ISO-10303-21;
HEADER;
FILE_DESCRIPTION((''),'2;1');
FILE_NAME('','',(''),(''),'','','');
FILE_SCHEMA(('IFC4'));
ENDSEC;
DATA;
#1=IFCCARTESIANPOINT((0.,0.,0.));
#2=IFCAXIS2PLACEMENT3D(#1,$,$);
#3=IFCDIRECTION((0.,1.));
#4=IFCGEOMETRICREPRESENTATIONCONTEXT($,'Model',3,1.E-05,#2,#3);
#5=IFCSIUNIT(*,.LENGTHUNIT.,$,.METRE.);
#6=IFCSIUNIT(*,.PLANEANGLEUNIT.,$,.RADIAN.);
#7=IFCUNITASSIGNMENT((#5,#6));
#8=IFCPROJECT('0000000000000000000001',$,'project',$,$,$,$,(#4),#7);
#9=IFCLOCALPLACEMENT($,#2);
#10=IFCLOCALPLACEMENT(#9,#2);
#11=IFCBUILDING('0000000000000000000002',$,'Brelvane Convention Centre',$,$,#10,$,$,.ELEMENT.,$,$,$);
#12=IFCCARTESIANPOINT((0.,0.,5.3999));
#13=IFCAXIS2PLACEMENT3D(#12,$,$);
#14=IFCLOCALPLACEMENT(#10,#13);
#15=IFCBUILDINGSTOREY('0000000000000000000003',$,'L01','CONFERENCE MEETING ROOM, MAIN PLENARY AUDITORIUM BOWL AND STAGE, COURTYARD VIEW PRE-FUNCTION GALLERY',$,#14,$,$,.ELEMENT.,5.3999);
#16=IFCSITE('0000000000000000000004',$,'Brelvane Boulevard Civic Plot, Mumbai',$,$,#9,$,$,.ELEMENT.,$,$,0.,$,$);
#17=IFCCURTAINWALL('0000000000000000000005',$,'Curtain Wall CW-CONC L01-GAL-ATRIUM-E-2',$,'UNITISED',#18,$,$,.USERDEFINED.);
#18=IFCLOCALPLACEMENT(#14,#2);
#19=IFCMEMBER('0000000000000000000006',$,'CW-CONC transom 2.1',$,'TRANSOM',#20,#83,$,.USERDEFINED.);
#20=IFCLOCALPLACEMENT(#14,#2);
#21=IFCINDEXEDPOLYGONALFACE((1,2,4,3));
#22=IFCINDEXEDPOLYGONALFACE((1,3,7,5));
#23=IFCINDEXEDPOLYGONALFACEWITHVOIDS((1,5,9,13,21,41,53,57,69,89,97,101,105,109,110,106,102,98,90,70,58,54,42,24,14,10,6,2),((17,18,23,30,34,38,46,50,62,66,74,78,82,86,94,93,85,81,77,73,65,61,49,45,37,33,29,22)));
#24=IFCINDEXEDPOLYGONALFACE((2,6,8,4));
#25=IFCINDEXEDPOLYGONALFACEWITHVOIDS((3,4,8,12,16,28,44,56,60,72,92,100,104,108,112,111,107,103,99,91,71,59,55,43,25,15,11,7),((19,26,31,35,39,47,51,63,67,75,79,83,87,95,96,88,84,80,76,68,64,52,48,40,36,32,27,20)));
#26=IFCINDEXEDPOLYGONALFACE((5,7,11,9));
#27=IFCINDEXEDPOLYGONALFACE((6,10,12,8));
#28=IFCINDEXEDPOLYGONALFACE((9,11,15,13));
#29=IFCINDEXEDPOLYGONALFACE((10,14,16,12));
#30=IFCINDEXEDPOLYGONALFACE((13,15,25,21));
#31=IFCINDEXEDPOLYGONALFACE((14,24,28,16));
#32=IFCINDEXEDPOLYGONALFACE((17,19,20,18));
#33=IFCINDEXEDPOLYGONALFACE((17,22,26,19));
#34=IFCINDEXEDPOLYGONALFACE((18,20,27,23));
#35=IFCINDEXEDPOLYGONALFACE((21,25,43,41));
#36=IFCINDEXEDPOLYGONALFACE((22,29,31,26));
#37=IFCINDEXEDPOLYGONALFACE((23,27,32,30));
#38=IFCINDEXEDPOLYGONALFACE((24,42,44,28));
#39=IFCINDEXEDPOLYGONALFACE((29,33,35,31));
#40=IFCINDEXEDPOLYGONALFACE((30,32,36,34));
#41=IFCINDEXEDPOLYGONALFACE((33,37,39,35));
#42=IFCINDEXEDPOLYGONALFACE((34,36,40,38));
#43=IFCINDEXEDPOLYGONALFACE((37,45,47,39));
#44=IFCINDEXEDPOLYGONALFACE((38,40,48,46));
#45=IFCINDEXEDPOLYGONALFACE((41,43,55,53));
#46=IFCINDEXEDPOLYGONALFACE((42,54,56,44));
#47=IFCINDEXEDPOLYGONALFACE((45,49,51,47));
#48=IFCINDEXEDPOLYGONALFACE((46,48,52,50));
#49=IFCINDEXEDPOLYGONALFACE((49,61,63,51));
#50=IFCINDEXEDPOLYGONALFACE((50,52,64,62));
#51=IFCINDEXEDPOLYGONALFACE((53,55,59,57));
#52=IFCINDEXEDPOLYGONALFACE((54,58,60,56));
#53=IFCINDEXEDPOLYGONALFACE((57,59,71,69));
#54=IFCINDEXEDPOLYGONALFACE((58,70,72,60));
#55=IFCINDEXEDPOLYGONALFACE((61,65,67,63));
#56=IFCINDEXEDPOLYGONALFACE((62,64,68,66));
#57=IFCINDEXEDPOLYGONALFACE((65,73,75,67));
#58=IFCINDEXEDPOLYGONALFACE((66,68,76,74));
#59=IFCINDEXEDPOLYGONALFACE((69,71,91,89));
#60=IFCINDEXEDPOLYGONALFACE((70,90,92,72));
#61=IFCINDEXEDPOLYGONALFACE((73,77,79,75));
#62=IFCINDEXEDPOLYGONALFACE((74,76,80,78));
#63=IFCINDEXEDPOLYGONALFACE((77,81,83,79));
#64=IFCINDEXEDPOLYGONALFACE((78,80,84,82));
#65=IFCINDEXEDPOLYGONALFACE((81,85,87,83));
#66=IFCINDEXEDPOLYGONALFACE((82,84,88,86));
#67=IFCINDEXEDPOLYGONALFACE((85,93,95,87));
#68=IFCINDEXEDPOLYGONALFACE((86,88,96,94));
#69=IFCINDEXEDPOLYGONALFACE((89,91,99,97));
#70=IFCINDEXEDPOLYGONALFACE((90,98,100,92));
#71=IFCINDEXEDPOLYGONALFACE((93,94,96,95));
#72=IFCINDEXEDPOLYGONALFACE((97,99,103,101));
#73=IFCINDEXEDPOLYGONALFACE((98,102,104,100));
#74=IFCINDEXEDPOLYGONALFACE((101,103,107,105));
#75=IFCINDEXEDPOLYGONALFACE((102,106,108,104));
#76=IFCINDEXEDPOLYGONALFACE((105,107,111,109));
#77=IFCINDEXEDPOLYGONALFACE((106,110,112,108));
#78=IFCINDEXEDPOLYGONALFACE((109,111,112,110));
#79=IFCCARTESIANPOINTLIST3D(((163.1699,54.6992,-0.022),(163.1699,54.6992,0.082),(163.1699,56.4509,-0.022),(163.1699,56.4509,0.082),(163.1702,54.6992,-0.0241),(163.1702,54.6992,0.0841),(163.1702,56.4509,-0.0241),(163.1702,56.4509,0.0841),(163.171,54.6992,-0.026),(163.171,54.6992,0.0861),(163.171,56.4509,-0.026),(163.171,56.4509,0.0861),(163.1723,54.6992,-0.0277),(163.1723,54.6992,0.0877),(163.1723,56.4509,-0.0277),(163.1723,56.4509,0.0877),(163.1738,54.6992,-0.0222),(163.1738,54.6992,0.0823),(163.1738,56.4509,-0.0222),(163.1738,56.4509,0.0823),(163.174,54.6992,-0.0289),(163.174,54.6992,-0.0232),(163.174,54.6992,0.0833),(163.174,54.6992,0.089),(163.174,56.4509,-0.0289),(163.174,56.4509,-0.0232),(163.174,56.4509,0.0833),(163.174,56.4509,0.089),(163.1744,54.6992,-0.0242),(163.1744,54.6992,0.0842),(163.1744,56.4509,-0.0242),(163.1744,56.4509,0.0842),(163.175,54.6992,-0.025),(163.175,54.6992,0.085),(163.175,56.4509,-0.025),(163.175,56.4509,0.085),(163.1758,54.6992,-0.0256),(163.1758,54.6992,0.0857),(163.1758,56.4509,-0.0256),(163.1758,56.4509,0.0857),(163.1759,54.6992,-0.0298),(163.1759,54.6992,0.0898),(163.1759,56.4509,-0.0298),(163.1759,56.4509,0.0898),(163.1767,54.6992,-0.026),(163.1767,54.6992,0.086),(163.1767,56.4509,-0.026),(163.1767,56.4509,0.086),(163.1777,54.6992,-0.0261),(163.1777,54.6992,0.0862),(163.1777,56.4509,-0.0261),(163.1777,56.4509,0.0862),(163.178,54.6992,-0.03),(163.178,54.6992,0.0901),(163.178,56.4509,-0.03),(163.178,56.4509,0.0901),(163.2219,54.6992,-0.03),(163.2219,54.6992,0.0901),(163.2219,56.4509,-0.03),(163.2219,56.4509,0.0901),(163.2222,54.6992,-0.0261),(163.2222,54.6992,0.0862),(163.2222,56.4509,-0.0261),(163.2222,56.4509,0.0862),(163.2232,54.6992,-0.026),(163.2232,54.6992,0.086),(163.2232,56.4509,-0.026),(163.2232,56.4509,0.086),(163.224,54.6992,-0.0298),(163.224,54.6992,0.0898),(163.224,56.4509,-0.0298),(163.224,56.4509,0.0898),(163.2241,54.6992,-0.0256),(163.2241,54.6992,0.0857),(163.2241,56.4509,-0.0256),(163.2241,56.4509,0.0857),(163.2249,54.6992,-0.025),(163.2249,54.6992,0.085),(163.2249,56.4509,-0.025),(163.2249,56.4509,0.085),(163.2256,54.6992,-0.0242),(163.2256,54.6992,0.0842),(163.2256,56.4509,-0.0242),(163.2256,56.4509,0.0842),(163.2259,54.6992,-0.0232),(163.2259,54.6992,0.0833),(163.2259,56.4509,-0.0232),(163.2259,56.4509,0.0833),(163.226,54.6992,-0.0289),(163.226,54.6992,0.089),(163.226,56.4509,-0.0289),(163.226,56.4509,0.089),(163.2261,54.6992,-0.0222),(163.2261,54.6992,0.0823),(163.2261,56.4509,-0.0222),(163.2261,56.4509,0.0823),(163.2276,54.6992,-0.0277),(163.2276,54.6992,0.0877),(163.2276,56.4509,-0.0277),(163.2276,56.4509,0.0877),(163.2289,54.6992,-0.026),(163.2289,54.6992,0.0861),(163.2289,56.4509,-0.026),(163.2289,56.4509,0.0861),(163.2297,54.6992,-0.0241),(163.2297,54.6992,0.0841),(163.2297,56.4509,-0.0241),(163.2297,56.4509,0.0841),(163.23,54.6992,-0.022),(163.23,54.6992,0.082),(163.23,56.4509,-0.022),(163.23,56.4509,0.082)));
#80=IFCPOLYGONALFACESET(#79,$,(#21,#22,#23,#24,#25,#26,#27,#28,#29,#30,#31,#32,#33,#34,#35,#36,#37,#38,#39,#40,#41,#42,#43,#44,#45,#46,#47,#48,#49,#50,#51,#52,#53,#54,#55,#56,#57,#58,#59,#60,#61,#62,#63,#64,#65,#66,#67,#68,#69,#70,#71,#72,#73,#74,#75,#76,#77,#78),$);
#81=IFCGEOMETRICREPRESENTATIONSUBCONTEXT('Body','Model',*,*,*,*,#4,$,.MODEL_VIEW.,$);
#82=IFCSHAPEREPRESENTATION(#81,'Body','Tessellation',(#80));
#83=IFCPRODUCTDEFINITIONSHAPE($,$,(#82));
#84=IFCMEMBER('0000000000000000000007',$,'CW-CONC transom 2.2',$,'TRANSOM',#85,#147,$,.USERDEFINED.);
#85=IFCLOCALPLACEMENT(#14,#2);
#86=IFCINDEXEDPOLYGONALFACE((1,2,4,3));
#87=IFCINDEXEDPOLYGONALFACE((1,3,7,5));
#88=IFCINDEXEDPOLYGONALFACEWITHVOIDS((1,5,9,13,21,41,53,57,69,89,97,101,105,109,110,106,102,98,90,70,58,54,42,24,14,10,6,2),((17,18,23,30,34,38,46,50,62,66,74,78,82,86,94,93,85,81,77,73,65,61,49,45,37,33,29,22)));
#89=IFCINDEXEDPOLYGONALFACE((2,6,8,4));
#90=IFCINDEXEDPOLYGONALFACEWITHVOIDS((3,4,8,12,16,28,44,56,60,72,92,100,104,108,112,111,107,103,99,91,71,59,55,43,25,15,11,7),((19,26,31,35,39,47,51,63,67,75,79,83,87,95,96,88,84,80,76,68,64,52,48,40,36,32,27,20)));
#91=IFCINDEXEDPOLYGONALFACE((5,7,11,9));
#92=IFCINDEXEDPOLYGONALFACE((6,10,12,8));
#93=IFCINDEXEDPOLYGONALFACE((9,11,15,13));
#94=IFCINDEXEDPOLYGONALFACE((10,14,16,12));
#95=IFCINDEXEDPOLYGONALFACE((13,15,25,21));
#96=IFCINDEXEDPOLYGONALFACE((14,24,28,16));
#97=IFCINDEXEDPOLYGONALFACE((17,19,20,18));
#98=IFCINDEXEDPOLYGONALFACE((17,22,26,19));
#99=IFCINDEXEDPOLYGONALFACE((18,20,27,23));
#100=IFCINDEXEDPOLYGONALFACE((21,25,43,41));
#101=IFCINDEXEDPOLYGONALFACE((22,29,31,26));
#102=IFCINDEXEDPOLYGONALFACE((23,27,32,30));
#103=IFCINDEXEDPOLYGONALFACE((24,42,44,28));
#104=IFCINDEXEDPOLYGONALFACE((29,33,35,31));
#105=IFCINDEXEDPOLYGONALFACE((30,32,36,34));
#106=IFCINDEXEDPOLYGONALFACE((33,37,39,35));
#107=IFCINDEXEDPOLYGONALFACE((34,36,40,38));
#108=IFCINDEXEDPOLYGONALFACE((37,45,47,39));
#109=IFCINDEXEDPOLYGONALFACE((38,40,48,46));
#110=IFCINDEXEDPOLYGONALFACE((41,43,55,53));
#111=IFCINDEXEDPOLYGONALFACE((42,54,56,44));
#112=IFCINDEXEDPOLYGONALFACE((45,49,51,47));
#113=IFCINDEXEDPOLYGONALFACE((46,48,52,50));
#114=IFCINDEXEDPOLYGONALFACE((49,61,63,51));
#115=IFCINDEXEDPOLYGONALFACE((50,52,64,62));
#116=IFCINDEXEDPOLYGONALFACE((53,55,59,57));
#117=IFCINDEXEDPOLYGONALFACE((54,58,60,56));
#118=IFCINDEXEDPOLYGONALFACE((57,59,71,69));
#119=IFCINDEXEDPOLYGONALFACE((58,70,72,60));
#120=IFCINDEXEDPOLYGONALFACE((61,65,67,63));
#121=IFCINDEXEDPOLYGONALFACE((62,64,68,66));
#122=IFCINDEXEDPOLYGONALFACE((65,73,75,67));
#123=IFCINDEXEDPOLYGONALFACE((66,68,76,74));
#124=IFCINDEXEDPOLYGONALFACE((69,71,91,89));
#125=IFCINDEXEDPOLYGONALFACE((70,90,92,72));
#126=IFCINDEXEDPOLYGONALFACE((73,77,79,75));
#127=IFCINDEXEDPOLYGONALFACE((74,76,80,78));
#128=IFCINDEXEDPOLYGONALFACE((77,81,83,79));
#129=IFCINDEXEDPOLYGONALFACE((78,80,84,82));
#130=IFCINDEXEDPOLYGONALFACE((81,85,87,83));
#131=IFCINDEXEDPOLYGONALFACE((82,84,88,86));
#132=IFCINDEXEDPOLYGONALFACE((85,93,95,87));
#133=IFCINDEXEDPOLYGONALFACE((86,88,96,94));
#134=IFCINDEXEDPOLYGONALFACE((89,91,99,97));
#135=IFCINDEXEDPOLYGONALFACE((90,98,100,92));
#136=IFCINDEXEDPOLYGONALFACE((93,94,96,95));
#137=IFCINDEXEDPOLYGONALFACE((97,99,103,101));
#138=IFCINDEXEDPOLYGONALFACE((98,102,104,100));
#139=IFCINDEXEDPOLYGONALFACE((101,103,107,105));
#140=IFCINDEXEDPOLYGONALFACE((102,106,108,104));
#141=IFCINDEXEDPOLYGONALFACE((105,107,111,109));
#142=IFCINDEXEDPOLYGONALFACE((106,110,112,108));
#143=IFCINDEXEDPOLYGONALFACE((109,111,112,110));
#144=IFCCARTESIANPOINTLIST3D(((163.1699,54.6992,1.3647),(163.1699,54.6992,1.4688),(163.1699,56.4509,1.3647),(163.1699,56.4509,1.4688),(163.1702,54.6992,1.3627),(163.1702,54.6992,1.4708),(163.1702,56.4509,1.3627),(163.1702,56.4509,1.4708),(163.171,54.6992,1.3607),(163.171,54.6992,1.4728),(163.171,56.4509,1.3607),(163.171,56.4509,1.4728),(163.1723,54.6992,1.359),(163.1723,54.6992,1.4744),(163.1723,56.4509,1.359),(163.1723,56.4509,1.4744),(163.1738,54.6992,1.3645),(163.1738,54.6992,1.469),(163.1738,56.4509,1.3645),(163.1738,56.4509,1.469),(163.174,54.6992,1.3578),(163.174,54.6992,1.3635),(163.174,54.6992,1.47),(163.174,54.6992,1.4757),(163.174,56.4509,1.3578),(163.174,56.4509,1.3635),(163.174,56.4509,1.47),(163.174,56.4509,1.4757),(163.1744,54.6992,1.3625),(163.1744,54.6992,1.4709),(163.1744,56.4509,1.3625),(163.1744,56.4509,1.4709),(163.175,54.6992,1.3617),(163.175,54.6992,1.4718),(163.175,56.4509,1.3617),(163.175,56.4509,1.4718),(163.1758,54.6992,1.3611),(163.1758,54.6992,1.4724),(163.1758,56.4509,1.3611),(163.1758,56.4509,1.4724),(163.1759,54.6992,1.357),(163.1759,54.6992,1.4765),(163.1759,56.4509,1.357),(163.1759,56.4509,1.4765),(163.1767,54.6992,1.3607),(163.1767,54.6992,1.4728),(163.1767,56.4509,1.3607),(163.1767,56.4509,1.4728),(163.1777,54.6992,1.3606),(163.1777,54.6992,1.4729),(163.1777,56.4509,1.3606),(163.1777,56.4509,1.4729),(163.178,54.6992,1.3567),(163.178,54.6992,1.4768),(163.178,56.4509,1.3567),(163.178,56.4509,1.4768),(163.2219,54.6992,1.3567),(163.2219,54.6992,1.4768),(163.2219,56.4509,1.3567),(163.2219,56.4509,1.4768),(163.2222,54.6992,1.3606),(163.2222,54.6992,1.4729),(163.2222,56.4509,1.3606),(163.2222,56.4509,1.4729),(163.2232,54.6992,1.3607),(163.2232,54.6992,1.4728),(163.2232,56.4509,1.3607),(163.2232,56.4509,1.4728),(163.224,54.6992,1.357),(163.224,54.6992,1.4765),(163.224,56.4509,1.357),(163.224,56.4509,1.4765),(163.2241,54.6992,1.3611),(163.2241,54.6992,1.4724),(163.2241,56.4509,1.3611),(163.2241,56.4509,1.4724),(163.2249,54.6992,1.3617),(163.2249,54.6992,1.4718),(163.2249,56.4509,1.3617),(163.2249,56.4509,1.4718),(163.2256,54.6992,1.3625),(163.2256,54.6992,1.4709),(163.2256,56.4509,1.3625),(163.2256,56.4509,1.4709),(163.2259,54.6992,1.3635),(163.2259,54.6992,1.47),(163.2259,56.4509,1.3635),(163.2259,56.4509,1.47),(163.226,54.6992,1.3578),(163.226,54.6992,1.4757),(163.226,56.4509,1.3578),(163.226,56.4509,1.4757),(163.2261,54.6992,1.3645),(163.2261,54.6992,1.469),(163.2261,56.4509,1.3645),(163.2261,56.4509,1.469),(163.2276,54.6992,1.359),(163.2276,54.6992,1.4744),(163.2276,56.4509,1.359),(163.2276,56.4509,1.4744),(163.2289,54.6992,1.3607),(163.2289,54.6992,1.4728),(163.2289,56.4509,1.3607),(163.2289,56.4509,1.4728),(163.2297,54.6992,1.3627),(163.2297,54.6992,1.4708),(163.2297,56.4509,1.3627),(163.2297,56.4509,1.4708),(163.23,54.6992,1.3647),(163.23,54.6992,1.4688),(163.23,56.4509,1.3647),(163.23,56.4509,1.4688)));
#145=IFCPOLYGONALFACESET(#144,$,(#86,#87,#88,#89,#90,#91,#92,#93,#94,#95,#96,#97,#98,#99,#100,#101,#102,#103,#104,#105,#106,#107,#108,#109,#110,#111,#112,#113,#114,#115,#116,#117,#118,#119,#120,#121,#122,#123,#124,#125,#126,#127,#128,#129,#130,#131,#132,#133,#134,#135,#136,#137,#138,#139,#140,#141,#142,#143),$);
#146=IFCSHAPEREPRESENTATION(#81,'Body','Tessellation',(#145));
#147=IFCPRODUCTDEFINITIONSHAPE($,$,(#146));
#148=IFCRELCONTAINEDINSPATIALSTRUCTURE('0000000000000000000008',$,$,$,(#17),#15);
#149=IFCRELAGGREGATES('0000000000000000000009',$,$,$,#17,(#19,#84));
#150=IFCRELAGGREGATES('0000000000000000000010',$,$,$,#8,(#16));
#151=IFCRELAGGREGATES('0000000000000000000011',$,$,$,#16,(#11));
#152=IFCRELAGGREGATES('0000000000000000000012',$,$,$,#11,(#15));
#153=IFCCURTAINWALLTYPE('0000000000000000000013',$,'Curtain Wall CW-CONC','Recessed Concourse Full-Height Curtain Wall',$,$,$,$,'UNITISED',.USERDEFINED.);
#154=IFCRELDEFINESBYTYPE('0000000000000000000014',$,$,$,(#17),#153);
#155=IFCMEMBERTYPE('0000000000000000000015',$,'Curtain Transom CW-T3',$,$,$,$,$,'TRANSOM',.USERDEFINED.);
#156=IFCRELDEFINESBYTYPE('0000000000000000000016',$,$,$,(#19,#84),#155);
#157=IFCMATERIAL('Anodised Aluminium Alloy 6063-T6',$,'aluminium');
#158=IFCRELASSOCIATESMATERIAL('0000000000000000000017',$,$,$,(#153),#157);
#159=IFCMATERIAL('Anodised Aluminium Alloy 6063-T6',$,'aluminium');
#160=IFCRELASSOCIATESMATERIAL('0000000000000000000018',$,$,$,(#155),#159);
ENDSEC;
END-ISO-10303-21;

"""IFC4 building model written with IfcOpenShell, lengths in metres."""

from ifc_helpers import new_model, si_unit, direction, frame, origin, origin_2d, place, context, subcontext, project, spatial, hollow_rectangle, extrude, material, material_profile, profile_set, type_object, element, aggregate, save


model = new_model("IFC4")

# Units and contexts
model_context = context("Model", 3, precision=1e-05, world=origin(), true_north=direction((0.0, 1.0)))
body_context = subcontext(model_context, "Body", "Model", "MODEL_VIEW")
ifc_project = project(units=[si_unit("LENGTHUNIT", "METRE"), si_unit("PLANEANGLEUNIT", "RADIAN")], contexts=[model_context])

# Site, building, storey
site_placement = place(None, origin())
site = spatial("IfcSite", under=ifc_project, at=site_placement, Name="Brelvane Boulevard Civic Plot, Mumbai", CompositionType="ELEMENT", RefElevation=0.0)
building_placement = place(site_placement, origin())
building = spatial("IfcBuilding", under=site, at=building_placement, Name="Brelvane Convention Centre", CompositionType="ELEMENT")
storey_placement = place(building_placement, frame((0.0, 0.0, 5.3999)))
storey = spatial("IfcBuildingStorey", under=building, at=storey_placement, Name="L01", Description="CONFERENCE MEETING ROOM, MAIN PLENARY AUDITORIUM BOWL AND STAGE, COURTYARD VIEW PRE-FUNCTION GALLERY", CompositionType="ELEMENT", Elevation=5.3999)

# Curtain wall, members
ifc_material_1 = material(Name="Anodised Aluminium Alloy 6063-T6", Category="aluminium")
curtain_wall_type = type_object("IfcCurtainWallType", Name="Curtain Wall CW-CONC", Description="Recessed Concourse Full-Height Curtain Wall", ElementType="UNITISED", PredefinedType="USERDEFINED", material=ifc_material_1)
curtain_wall_placement = place(storey_placement, origin())
curtain_wall = element("IfcCurtainWall", 1, at=curtain_wall_placement, inside=storey, type_object=curtain_wall_type, Name="Curtain Wall CW-CONC L01-GAL-ATRIUM-E-2", ObjectType="UNITISED", PredefinedType="USERDEFINED")
ifc_material_2 = material(Name="Anodised Aluminium Alloy 6063-T6", Category="aluminium")
ifc_material_profile_1 = material_profile(ifc_material_2, hollow_rectangle(XDim=0.0601, YDim=0.1201, WallThickness=0.0039, InnerFilletRadius=0.0039, OuterFilletRadius=0.0081, at=origin_2d()), Name="ALU-T 120x60x4.0")
ifc_profile_set_1 = profile_set([ifc_material_profile_1], Name="Anodised Aluminium Alloy 6063-T6")
member_type_1 = type_object("IfcMemberType", Name="Curtain Transom CW-T3", ElementType="TRANSOM", PredefinedType="USERDEFINED", material=ifc_profile_set_1)
member_1_placement = place(storey_placement, frame((163.2, 54.6992, 0.03), z_axis=(0.0, 1.0, 0.0), x_axis=(-1.0, 0.0, 0.0)))
member_1 = element("IfcMember", 2, at=member_1_placement, type_object=member_type_1, Name="CW-CONC transom 2.1", ObjectType="TRANSOM", PredefinedType="USERDEFINED", context=body_context, shape_type="SweptSolid", body=[
    extrude(hollow_rectangle(XDim=0.0601, YDim=0.1201, WallThickness=0.0039, InnerFilletRadius=0.0039, OuterFilletRadius=0.0081, at=origin_2d()), origin(), (0.0, 0.0, 1.0), 1.7517),
])
member_2_placement = place(storey_placement, frame((163.2, 54.6992, 1.4167), z_axis=(0.0, 1.0, 0.0), x_axis=(-1.0, 0.0, 0.0)))
member_2 = element("IfcMember", 3, at=member_2_placement, type_object=member_type_1, Name="CW-CONC transom 2.2", ObjectType="TRANSOM", PredefinedType="USERDEFINED", context=body_context, shape_type="SweptSolid", body=[
    extrude(hollow_rectangle(XDim=0.0601, YDim=0.1201, WallThickness=0.0039, InnerFilletRadius=0.0039, OuterFilletRadius=0.0081, at=origin_2d()), origin(), (0.0, 0.0, 1.0), 1.7517),
])

aggregate(curtain_wall, [member_1, member_2])

save(model, "model.ifc")
